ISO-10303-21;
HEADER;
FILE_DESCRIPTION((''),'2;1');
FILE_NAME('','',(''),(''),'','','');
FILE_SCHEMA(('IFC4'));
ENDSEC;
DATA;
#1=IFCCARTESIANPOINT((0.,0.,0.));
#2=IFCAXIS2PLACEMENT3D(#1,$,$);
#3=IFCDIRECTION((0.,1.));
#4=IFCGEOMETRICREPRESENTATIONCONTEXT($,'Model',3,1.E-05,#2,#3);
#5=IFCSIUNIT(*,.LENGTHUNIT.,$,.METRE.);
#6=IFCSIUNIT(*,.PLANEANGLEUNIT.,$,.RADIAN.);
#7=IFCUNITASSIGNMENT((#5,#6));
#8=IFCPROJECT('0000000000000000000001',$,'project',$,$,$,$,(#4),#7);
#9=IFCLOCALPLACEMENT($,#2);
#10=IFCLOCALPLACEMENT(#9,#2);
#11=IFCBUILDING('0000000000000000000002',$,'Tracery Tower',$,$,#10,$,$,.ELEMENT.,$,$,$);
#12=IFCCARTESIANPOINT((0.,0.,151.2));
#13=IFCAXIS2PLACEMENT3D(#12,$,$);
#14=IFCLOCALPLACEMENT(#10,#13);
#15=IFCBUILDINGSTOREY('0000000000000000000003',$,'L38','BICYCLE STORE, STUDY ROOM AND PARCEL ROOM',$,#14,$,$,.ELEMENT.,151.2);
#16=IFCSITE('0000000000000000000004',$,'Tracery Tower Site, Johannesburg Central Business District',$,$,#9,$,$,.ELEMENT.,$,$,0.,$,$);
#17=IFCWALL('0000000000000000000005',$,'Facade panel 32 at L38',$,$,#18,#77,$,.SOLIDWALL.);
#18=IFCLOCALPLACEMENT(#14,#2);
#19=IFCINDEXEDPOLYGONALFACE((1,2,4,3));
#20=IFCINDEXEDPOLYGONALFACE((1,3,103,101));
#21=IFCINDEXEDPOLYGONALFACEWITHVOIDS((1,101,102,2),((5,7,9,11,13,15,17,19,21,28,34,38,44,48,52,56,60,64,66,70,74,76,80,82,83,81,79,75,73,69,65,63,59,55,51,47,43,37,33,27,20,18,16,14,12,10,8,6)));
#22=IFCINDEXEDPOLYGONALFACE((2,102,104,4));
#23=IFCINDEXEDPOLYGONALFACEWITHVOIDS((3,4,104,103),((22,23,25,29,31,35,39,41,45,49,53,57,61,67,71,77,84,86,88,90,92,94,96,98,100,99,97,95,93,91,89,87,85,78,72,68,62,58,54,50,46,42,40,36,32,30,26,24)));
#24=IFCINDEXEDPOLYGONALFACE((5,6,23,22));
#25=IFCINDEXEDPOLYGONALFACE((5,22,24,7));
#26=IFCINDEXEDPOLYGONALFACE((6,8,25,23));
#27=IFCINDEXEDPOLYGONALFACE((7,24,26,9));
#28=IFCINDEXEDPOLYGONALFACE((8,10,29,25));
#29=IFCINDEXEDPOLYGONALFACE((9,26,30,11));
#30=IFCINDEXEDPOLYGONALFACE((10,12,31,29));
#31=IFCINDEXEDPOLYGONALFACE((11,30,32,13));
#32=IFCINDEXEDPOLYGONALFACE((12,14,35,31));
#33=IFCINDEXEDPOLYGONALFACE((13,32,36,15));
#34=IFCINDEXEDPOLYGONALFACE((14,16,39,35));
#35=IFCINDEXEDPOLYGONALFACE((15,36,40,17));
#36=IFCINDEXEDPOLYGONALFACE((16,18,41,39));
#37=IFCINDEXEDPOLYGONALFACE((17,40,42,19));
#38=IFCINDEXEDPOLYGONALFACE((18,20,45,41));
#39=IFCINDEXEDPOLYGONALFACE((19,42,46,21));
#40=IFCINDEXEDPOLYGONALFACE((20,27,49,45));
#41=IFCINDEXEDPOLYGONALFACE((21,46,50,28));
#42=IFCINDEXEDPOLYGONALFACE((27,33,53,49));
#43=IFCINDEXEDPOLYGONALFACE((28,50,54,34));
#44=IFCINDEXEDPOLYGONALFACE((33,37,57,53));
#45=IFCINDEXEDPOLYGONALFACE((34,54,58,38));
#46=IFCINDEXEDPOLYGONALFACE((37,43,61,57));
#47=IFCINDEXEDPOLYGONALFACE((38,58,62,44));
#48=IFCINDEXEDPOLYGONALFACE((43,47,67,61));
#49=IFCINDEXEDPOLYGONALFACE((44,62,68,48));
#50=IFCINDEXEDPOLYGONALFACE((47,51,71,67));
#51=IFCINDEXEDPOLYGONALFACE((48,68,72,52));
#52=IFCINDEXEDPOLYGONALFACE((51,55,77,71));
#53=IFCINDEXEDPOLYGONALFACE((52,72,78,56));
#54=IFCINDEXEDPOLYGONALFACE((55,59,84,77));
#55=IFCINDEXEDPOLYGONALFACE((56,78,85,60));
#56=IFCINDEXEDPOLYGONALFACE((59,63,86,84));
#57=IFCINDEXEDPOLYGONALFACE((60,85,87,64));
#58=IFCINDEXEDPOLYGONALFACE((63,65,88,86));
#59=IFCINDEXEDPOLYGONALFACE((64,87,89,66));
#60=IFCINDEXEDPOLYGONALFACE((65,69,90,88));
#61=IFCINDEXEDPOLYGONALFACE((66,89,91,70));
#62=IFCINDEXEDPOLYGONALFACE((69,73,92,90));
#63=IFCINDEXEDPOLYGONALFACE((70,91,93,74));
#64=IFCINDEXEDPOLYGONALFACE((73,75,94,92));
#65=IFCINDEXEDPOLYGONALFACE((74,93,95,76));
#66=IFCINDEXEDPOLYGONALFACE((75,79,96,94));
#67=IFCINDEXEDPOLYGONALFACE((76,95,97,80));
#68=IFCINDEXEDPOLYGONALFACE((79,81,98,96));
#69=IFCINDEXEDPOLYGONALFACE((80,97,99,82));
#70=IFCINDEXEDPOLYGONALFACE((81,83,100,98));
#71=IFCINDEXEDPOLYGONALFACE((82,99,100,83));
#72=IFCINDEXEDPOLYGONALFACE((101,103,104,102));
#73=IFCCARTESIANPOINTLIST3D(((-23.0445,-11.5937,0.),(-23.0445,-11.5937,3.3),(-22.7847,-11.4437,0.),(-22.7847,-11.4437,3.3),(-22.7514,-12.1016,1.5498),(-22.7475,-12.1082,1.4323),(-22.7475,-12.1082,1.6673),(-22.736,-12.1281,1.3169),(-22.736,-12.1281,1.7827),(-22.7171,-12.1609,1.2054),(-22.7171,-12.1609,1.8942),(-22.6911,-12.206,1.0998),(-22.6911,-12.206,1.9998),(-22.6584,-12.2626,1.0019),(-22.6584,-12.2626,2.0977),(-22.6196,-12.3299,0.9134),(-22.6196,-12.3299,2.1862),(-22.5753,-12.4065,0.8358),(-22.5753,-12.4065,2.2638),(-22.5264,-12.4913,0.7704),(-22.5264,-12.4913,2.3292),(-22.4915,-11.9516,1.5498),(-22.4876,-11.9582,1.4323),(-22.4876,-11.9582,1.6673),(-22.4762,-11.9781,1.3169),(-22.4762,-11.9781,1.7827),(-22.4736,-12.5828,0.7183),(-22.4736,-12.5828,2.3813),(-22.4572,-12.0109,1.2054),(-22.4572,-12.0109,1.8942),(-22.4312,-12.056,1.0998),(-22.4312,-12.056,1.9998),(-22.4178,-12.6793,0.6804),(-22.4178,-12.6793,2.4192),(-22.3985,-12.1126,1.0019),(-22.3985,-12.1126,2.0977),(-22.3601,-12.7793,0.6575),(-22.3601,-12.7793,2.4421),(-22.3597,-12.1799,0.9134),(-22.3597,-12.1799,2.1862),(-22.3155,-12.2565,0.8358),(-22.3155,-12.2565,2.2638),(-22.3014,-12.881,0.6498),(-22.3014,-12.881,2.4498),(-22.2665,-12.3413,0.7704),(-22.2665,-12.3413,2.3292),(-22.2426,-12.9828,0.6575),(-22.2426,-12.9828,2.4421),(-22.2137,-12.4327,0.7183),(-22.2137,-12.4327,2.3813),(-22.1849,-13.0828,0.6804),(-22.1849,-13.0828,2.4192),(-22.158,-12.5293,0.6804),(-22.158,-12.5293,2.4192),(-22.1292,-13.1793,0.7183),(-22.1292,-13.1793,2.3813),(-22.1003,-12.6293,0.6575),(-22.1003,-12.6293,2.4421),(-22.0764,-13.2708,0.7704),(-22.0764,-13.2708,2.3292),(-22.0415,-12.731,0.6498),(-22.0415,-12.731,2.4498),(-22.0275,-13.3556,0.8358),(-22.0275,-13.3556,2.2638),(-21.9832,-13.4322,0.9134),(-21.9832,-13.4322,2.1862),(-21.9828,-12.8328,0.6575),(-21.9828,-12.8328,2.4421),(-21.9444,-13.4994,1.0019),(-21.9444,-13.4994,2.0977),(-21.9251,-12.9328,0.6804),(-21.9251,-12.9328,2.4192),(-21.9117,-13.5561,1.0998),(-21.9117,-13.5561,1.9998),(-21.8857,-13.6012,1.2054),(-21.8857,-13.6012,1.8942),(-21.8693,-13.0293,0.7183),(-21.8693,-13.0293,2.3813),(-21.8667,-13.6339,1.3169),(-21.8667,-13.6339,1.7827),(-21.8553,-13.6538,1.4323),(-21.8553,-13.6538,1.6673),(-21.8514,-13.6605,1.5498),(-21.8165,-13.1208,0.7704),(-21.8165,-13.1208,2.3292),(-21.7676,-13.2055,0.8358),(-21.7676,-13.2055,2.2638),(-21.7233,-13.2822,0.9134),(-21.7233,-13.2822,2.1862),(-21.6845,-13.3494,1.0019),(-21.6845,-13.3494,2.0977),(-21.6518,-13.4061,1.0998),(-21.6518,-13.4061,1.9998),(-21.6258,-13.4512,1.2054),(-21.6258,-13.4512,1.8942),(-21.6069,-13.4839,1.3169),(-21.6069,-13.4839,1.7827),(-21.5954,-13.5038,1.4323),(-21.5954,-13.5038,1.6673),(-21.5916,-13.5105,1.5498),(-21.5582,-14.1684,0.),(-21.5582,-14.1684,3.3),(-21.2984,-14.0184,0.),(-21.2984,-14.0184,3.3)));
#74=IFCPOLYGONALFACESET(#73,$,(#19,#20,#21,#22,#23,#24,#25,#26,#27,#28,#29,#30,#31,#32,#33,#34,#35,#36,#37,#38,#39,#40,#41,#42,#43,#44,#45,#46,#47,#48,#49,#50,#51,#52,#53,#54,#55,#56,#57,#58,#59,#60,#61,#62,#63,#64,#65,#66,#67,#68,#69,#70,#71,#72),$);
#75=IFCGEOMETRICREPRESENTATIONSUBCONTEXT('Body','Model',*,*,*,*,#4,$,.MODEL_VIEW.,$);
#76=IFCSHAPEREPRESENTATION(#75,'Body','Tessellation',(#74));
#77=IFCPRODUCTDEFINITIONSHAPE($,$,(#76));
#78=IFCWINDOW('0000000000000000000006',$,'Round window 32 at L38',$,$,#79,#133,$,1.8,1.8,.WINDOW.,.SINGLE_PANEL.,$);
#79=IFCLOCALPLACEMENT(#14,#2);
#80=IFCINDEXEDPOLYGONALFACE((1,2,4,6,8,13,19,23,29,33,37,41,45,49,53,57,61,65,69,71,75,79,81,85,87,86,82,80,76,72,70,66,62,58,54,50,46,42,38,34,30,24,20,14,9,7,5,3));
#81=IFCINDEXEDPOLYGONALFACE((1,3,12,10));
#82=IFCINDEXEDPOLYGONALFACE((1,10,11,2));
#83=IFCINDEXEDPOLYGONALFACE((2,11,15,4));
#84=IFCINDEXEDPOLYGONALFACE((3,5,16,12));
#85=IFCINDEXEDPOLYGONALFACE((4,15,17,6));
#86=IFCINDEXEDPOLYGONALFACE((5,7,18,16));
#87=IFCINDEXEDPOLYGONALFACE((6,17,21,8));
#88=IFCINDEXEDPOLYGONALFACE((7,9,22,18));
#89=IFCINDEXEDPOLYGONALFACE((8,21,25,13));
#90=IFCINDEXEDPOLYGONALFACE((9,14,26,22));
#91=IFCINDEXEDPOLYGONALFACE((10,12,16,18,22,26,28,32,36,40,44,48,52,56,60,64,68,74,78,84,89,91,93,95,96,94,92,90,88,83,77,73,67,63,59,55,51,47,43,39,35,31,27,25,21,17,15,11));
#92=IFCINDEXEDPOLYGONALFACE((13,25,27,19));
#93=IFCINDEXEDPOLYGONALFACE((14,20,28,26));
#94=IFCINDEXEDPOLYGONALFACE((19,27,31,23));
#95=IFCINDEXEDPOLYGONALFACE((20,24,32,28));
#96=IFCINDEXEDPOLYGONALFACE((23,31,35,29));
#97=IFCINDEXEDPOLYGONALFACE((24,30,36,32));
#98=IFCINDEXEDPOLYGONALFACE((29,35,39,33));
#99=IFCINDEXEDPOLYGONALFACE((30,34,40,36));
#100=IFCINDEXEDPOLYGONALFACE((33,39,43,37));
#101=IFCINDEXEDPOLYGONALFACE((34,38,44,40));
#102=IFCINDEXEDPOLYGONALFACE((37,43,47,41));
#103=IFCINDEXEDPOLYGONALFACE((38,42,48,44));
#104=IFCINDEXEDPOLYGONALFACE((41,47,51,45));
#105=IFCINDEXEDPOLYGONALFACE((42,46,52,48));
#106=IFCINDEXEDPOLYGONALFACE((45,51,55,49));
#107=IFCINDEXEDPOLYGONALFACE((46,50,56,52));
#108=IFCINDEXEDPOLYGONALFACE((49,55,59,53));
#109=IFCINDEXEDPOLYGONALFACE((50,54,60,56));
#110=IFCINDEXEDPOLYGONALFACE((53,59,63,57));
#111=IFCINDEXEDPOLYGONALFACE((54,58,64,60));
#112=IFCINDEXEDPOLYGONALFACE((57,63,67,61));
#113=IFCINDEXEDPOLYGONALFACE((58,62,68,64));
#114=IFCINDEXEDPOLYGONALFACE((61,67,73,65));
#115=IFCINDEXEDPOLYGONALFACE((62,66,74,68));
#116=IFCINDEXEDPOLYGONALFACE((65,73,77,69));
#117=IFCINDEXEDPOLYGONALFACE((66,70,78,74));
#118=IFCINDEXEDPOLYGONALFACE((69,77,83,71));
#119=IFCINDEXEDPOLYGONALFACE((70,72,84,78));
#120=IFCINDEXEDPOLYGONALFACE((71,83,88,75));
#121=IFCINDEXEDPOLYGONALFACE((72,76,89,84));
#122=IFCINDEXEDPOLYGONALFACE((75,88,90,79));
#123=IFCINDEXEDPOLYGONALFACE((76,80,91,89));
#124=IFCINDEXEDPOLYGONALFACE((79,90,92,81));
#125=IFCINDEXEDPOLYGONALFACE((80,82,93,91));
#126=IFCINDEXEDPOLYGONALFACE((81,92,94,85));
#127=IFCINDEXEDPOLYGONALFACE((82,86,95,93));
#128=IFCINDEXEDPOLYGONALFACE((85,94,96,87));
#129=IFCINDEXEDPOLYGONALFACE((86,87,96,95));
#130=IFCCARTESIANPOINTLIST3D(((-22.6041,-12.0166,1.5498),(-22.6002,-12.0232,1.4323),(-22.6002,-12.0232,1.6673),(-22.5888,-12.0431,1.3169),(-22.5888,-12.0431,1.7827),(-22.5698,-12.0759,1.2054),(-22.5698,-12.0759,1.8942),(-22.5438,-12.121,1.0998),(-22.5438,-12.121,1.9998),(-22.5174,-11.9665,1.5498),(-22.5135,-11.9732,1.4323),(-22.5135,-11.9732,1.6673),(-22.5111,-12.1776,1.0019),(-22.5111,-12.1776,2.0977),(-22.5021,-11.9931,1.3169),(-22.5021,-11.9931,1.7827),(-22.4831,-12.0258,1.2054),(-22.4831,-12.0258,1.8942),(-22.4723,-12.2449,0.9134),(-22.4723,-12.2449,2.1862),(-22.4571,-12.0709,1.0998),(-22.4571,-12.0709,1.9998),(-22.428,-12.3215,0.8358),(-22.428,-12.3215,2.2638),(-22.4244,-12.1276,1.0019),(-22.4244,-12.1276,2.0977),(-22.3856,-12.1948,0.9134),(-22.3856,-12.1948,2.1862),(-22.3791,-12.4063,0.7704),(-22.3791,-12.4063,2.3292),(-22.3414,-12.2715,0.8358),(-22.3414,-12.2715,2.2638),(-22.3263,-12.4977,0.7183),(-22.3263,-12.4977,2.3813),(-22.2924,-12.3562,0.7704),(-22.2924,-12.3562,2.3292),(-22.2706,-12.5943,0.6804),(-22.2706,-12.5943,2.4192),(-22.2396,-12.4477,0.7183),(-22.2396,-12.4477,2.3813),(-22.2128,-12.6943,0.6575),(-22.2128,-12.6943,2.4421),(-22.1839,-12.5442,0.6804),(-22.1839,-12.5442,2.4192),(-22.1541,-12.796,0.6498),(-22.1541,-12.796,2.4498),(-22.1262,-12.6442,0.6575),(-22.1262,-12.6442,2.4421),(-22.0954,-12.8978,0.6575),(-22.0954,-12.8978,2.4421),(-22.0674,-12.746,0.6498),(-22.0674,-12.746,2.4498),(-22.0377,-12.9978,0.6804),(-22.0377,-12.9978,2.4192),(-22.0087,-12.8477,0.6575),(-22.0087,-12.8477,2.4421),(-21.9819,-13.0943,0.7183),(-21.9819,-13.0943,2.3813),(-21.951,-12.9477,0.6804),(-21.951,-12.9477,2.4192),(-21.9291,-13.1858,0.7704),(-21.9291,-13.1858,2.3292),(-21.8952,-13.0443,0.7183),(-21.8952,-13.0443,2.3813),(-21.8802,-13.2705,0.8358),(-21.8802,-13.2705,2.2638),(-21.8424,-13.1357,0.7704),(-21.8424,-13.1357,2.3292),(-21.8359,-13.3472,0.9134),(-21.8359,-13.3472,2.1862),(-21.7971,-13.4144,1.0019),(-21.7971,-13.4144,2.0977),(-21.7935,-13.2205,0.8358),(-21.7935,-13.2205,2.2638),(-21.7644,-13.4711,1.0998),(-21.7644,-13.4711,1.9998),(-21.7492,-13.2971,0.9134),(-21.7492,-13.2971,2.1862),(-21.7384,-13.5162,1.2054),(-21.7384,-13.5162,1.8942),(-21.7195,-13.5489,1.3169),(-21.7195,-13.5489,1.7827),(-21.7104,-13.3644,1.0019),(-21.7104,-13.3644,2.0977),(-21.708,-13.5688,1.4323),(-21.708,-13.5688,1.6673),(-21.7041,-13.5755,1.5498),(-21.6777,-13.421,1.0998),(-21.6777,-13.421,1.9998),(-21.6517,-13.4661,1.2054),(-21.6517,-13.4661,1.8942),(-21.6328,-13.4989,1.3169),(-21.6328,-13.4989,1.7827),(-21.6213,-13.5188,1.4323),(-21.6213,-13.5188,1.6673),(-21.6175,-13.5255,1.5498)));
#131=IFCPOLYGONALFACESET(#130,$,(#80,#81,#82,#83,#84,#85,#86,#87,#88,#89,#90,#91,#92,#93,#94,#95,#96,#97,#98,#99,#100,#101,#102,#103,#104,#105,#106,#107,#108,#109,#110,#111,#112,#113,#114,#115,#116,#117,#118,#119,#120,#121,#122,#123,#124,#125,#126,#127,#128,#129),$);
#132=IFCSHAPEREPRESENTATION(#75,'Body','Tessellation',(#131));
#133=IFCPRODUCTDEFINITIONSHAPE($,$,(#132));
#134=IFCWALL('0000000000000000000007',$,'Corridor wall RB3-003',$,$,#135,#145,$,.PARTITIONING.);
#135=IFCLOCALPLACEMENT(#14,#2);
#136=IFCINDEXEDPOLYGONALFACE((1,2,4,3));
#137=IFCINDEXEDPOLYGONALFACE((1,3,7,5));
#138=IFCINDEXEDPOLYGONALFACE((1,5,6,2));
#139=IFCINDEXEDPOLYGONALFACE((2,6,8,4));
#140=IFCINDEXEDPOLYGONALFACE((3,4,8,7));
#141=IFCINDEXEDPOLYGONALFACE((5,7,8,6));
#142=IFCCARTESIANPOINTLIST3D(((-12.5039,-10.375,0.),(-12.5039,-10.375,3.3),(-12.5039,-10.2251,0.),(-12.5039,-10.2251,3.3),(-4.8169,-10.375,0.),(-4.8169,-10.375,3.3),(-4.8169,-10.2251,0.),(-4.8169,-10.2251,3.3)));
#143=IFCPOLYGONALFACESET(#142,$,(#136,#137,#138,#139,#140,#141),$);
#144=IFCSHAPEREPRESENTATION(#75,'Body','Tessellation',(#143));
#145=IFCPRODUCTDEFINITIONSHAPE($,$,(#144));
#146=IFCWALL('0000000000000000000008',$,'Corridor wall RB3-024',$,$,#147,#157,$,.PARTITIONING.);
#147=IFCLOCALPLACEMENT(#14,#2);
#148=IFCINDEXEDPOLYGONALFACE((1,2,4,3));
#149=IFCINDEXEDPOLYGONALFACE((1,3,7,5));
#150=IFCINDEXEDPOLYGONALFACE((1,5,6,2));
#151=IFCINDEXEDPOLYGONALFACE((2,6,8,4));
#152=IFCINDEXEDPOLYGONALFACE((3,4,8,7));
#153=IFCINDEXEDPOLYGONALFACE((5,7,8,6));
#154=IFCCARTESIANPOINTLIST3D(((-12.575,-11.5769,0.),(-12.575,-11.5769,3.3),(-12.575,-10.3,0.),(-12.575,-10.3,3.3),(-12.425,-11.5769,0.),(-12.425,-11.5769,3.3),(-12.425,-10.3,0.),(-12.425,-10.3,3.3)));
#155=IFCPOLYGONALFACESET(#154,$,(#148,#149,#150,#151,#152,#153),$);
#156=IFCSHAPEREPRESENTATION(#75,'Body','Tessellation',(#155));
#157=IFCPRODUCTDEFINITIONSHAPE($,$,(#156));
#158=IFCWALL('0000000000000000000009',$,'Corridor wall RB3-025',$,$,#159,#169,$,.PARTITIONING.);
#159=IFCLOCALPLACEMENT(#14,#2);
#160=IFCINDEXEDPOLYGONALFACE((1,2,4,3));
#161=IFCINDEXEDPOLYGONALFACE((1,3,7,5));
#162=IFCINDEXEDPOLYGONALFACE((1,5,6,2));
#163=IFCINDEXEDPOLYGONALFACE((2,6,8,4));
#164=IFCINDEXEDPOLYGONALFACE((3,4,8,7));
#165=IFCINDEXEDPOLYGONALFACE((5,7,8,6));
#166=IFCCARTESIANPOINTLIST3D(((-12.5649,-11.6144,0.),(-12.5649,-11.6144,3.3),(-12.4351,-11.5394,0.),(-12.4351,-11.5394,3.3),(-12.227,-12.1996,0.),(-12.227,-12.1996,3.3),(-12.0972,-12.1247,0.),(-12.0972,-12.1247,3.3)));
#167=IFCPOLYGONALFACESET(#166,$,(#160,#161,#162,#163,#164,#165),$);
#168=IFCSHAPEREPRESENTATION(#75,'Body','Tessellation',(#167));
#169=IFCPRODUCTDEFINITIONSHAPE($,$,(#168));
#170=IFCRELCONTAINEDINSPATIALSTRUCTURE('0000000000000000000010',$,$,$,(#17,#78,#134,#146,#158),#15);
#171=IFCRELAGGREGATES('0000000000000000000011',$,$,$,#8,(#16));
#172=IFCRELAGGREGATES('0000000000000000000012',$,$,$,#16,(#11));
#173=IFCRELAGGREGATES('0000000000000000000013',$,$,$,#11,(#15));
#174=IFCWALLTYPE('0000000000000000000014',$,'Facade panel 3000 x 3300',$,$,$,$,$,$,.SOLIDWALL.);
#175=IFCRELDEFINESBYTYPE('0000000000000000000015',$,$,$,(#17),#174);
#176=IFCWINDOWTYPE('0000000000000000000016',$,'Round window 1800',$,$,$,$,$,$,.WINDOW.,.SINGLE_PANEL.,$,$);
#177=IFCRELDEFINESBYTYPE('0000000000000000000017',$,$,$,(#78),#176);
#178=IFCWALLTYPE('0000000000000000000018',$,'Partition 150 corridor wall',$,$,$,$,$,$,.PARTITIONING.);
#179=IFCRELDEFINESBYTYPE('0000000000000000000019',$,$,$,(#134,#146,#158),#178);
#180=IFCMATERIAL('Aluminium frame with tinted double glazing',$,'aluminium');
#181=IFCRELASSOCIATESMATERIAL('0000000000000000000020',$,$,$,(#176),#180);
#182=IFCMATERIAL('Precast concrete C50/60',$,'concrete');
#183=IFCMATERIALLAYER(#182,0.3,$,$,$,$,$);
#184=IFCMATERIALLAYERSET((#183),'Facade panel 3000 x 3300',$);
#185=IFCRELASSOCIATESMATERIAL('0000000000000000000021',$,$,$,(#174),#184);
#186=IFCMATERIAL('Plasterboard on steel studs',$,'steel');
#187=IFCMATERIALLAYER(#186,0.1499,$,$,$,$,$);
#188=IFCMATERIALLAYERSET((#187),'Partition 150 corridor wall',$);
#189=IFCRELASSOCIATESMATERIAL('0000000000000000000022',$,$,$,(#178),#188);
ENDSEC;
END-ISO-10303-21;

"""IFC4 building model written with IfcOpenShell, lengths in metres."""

from ifc_helpers import new_model, si_unit, direction, frame, frame_2d, origin, origin_2d, place, context, subcontext, project, spatial, rectangle, circle, extrude, material, layer, layer_set, type_object, element, fill, save


model = new_model("IFC4")

# Units and contexts
model_context = context("Model", 3, precision=1e-05, world=origin(), true_north=direction((0.0, 1.0)))
body_context = subcontext(model_context, "Body", "Model", "MODEL_VIEW")
ifc_project = project(units=[si_unit("LENGTHUNIT", "METRE"), si_unit("PLANEANGLEUNIT", "RADIAN")], contexts=[model_context])

# Site, building, storey
site_placement = place(None, origin())
site = spatial("IfcSite", under=ifc_project, at=site_placement, Name="Tracery Tower Site, Johannesburg Central Business District", CompositionType="ELEMENT", RefElevation=0.0)
building_placement = place(site_placement, origin())
building = spatial("IfcBuilding", under=site, at=building_placement, Name="Tracery Tower", CompositionType="ELEMENT")
storey_placement = place(building_placement, frame((0.0, 0.0, 151.2)))
storey = spatial("IfcBuildingStorey", under=building, at=storey_placement, Name="L38", Description="BICYCLE STORE, STUDY ROOM AND PARCEL ROOM", CompositionType="ELEMENT", Elevation=151.2)

# Wall, opening, window
ifc_material_1 = material(Name="Aluminium frame with tinted double glazing", Category="aluminium")
window_type = type_object("IfcWindowType", Name="Round window 1800", PartitioningType="SINGLE_PANEL", PredefinedType="WINDOW", material=ifc_material_1)
ifc_material_2 = material(Name="Precast concrete C50/60", Category="concrete")
ifc_layer_1 = layer(ifc_material_2, 0.3)
ifc_layer_set_1 = layer_set([ifc_layer_1], Name="Facade panel 3000 x 3300")
wall_type_1 = type_object("IfcWallType", Name="Facade panel 3000 x 3300", PredefinedType="SOLIDWALL", material=ifc_layer_set_1)
wall_1_placement = place(storey_placement, frame((-22.9146, -11.5188, 0.0), z_axis=(0.0, 0.0, 1.0), x_axis=(0.499955, -0.866052, 0.0)))
wall_1 = element("IfcWall", 1, at=wall_1_placement, inside=storey, type_object=wall_type_1, Name="Facade panel 32 at L38", PredefinedType="SOLIDWALL", context=body_context, shape_type="SweptSolid", body=[
    extrude(rectangle(XDim=2.9729, YDim=0.3, at=frame_2d((1.4863, 0.0))), origin(), (0.0, 0.0, 1.0), 3.3),
])
opening_1_placement = place(wall_1_placement, frame((1.4863, 0.0, 1.5498)))
opening_1 = element("IfcOpeningElement", 2, at=opening_1_placement, cuts=wall_1, PredefinedType="OPENING", context=body_context, shape_type="SweptSolid", body=[
    extrude(circle(Radius=0.9, at=origin_2d()), frame((0.0, 0.1599, 0.0), z_axis=(0.0, -1.0, 0.0), x_axis=(1.0, 0.0, 0.0)), (0.0, 0.0, 1.0), 0.3201),
])
window_1_placement = place(opening_1_placement, origin())
window_1 = element("IfcWindow", 3, at=window_1_placement, inside=storey, type_object=window_type, Name="Round window 32 at L38", OverallHeight=1.8, OverallWidth=1.8, PartitioningType="SINGLE_PANEL", PredefinedType="WINDOW", context=body_context, shape_type="SweptSolid", body=[
    extrude(circle(Radius=0.9, at=origin_2d()), frame((0.0, 0.1201, 0.0), z_axis=(0.0, -1.0, 0.0), x_axis=(1.0, 0.0, 0.0)), (0.0, 0.0, 1.0), 0.1001),
])
fill(opening_1, window_1)

# Walls
ifc_material_3 = material(Name="Plasterboard on steel studs", Category="steel")
ifc_layer_2 = layer(ifc_material_3, 0.1499)
ifc_layer_set_2 = layer_set([ifc_layer_2], Name="Partition 150 corridor wall")
wall_type_2 = type_object("IfcWallType", Name="Partition 150 corridor wall", PredefinedType="PARTITIONING", material=ifc_layer_set_2)
wall_2_placement = place(storey_placement, frame((-12.5039, -10.3, 0.0), z_axis=(0.0, 0.0, 1.0), x_axis=(1.0, 0.0, 0.0)))
element("IfcWall", 4, at=wall_2_placement, inside=storey, type_object=wall_type_2, Name="Corridor wall RB3-003", PredefinedType="PARTITIONING", context=body_context, shape_type="SweptSolid", body=[
    extrude(rectangle(XDim=7.687, YDim=0.1499, at=frame_2d((3.8435, 0.0))), origin(), (0.0, 0.0, 1.0), 3.3),
])
wall_3_placement = place(storey_placement, frame((-12.5, -11.5769, 0.0), z_axis=(0.0, 0.0, 1.0), x_axis=(0.0, 1.0, 0.0)))
element("IfcWall", 5, at=wall_3_placement, inside=storey, type_object=wall_type_2, Name="Corridor wall RB3-024", PredefinedType="PARTITIONING", context=body_context, shape_type="SweptSolid", body=[
    extrude(rectangle(XDim=1.2769, YDim=0.1499, at=frame_2d((0.6384, 0.0))), origin(), (0.0, 0.0, 1.0), 3.3),
])
wall_4_placement = place(storey_placement, frame((-12.5, -11.5769, 0.0), z_axis=(0.0, 0.0, 1.0), x_axis=(0.500025, -0.866011, 0.0)))
element("IfcWall", 6, at=wall_4_placement, inside=storey, type_object=wall_type_2, Name="Corridor wall RB3-025", PredefinedType="PARTITIONING", context=body_context, shape_type="SweptSolid", body=[
    extrude(rectangle(XDim=0.6758, YDim=0.1499, at=frame_2d((0.3379, 0.0))), origin(), (0.0, 0.0, 1.0), 3.3),
])

save(model, "model.ifc")
